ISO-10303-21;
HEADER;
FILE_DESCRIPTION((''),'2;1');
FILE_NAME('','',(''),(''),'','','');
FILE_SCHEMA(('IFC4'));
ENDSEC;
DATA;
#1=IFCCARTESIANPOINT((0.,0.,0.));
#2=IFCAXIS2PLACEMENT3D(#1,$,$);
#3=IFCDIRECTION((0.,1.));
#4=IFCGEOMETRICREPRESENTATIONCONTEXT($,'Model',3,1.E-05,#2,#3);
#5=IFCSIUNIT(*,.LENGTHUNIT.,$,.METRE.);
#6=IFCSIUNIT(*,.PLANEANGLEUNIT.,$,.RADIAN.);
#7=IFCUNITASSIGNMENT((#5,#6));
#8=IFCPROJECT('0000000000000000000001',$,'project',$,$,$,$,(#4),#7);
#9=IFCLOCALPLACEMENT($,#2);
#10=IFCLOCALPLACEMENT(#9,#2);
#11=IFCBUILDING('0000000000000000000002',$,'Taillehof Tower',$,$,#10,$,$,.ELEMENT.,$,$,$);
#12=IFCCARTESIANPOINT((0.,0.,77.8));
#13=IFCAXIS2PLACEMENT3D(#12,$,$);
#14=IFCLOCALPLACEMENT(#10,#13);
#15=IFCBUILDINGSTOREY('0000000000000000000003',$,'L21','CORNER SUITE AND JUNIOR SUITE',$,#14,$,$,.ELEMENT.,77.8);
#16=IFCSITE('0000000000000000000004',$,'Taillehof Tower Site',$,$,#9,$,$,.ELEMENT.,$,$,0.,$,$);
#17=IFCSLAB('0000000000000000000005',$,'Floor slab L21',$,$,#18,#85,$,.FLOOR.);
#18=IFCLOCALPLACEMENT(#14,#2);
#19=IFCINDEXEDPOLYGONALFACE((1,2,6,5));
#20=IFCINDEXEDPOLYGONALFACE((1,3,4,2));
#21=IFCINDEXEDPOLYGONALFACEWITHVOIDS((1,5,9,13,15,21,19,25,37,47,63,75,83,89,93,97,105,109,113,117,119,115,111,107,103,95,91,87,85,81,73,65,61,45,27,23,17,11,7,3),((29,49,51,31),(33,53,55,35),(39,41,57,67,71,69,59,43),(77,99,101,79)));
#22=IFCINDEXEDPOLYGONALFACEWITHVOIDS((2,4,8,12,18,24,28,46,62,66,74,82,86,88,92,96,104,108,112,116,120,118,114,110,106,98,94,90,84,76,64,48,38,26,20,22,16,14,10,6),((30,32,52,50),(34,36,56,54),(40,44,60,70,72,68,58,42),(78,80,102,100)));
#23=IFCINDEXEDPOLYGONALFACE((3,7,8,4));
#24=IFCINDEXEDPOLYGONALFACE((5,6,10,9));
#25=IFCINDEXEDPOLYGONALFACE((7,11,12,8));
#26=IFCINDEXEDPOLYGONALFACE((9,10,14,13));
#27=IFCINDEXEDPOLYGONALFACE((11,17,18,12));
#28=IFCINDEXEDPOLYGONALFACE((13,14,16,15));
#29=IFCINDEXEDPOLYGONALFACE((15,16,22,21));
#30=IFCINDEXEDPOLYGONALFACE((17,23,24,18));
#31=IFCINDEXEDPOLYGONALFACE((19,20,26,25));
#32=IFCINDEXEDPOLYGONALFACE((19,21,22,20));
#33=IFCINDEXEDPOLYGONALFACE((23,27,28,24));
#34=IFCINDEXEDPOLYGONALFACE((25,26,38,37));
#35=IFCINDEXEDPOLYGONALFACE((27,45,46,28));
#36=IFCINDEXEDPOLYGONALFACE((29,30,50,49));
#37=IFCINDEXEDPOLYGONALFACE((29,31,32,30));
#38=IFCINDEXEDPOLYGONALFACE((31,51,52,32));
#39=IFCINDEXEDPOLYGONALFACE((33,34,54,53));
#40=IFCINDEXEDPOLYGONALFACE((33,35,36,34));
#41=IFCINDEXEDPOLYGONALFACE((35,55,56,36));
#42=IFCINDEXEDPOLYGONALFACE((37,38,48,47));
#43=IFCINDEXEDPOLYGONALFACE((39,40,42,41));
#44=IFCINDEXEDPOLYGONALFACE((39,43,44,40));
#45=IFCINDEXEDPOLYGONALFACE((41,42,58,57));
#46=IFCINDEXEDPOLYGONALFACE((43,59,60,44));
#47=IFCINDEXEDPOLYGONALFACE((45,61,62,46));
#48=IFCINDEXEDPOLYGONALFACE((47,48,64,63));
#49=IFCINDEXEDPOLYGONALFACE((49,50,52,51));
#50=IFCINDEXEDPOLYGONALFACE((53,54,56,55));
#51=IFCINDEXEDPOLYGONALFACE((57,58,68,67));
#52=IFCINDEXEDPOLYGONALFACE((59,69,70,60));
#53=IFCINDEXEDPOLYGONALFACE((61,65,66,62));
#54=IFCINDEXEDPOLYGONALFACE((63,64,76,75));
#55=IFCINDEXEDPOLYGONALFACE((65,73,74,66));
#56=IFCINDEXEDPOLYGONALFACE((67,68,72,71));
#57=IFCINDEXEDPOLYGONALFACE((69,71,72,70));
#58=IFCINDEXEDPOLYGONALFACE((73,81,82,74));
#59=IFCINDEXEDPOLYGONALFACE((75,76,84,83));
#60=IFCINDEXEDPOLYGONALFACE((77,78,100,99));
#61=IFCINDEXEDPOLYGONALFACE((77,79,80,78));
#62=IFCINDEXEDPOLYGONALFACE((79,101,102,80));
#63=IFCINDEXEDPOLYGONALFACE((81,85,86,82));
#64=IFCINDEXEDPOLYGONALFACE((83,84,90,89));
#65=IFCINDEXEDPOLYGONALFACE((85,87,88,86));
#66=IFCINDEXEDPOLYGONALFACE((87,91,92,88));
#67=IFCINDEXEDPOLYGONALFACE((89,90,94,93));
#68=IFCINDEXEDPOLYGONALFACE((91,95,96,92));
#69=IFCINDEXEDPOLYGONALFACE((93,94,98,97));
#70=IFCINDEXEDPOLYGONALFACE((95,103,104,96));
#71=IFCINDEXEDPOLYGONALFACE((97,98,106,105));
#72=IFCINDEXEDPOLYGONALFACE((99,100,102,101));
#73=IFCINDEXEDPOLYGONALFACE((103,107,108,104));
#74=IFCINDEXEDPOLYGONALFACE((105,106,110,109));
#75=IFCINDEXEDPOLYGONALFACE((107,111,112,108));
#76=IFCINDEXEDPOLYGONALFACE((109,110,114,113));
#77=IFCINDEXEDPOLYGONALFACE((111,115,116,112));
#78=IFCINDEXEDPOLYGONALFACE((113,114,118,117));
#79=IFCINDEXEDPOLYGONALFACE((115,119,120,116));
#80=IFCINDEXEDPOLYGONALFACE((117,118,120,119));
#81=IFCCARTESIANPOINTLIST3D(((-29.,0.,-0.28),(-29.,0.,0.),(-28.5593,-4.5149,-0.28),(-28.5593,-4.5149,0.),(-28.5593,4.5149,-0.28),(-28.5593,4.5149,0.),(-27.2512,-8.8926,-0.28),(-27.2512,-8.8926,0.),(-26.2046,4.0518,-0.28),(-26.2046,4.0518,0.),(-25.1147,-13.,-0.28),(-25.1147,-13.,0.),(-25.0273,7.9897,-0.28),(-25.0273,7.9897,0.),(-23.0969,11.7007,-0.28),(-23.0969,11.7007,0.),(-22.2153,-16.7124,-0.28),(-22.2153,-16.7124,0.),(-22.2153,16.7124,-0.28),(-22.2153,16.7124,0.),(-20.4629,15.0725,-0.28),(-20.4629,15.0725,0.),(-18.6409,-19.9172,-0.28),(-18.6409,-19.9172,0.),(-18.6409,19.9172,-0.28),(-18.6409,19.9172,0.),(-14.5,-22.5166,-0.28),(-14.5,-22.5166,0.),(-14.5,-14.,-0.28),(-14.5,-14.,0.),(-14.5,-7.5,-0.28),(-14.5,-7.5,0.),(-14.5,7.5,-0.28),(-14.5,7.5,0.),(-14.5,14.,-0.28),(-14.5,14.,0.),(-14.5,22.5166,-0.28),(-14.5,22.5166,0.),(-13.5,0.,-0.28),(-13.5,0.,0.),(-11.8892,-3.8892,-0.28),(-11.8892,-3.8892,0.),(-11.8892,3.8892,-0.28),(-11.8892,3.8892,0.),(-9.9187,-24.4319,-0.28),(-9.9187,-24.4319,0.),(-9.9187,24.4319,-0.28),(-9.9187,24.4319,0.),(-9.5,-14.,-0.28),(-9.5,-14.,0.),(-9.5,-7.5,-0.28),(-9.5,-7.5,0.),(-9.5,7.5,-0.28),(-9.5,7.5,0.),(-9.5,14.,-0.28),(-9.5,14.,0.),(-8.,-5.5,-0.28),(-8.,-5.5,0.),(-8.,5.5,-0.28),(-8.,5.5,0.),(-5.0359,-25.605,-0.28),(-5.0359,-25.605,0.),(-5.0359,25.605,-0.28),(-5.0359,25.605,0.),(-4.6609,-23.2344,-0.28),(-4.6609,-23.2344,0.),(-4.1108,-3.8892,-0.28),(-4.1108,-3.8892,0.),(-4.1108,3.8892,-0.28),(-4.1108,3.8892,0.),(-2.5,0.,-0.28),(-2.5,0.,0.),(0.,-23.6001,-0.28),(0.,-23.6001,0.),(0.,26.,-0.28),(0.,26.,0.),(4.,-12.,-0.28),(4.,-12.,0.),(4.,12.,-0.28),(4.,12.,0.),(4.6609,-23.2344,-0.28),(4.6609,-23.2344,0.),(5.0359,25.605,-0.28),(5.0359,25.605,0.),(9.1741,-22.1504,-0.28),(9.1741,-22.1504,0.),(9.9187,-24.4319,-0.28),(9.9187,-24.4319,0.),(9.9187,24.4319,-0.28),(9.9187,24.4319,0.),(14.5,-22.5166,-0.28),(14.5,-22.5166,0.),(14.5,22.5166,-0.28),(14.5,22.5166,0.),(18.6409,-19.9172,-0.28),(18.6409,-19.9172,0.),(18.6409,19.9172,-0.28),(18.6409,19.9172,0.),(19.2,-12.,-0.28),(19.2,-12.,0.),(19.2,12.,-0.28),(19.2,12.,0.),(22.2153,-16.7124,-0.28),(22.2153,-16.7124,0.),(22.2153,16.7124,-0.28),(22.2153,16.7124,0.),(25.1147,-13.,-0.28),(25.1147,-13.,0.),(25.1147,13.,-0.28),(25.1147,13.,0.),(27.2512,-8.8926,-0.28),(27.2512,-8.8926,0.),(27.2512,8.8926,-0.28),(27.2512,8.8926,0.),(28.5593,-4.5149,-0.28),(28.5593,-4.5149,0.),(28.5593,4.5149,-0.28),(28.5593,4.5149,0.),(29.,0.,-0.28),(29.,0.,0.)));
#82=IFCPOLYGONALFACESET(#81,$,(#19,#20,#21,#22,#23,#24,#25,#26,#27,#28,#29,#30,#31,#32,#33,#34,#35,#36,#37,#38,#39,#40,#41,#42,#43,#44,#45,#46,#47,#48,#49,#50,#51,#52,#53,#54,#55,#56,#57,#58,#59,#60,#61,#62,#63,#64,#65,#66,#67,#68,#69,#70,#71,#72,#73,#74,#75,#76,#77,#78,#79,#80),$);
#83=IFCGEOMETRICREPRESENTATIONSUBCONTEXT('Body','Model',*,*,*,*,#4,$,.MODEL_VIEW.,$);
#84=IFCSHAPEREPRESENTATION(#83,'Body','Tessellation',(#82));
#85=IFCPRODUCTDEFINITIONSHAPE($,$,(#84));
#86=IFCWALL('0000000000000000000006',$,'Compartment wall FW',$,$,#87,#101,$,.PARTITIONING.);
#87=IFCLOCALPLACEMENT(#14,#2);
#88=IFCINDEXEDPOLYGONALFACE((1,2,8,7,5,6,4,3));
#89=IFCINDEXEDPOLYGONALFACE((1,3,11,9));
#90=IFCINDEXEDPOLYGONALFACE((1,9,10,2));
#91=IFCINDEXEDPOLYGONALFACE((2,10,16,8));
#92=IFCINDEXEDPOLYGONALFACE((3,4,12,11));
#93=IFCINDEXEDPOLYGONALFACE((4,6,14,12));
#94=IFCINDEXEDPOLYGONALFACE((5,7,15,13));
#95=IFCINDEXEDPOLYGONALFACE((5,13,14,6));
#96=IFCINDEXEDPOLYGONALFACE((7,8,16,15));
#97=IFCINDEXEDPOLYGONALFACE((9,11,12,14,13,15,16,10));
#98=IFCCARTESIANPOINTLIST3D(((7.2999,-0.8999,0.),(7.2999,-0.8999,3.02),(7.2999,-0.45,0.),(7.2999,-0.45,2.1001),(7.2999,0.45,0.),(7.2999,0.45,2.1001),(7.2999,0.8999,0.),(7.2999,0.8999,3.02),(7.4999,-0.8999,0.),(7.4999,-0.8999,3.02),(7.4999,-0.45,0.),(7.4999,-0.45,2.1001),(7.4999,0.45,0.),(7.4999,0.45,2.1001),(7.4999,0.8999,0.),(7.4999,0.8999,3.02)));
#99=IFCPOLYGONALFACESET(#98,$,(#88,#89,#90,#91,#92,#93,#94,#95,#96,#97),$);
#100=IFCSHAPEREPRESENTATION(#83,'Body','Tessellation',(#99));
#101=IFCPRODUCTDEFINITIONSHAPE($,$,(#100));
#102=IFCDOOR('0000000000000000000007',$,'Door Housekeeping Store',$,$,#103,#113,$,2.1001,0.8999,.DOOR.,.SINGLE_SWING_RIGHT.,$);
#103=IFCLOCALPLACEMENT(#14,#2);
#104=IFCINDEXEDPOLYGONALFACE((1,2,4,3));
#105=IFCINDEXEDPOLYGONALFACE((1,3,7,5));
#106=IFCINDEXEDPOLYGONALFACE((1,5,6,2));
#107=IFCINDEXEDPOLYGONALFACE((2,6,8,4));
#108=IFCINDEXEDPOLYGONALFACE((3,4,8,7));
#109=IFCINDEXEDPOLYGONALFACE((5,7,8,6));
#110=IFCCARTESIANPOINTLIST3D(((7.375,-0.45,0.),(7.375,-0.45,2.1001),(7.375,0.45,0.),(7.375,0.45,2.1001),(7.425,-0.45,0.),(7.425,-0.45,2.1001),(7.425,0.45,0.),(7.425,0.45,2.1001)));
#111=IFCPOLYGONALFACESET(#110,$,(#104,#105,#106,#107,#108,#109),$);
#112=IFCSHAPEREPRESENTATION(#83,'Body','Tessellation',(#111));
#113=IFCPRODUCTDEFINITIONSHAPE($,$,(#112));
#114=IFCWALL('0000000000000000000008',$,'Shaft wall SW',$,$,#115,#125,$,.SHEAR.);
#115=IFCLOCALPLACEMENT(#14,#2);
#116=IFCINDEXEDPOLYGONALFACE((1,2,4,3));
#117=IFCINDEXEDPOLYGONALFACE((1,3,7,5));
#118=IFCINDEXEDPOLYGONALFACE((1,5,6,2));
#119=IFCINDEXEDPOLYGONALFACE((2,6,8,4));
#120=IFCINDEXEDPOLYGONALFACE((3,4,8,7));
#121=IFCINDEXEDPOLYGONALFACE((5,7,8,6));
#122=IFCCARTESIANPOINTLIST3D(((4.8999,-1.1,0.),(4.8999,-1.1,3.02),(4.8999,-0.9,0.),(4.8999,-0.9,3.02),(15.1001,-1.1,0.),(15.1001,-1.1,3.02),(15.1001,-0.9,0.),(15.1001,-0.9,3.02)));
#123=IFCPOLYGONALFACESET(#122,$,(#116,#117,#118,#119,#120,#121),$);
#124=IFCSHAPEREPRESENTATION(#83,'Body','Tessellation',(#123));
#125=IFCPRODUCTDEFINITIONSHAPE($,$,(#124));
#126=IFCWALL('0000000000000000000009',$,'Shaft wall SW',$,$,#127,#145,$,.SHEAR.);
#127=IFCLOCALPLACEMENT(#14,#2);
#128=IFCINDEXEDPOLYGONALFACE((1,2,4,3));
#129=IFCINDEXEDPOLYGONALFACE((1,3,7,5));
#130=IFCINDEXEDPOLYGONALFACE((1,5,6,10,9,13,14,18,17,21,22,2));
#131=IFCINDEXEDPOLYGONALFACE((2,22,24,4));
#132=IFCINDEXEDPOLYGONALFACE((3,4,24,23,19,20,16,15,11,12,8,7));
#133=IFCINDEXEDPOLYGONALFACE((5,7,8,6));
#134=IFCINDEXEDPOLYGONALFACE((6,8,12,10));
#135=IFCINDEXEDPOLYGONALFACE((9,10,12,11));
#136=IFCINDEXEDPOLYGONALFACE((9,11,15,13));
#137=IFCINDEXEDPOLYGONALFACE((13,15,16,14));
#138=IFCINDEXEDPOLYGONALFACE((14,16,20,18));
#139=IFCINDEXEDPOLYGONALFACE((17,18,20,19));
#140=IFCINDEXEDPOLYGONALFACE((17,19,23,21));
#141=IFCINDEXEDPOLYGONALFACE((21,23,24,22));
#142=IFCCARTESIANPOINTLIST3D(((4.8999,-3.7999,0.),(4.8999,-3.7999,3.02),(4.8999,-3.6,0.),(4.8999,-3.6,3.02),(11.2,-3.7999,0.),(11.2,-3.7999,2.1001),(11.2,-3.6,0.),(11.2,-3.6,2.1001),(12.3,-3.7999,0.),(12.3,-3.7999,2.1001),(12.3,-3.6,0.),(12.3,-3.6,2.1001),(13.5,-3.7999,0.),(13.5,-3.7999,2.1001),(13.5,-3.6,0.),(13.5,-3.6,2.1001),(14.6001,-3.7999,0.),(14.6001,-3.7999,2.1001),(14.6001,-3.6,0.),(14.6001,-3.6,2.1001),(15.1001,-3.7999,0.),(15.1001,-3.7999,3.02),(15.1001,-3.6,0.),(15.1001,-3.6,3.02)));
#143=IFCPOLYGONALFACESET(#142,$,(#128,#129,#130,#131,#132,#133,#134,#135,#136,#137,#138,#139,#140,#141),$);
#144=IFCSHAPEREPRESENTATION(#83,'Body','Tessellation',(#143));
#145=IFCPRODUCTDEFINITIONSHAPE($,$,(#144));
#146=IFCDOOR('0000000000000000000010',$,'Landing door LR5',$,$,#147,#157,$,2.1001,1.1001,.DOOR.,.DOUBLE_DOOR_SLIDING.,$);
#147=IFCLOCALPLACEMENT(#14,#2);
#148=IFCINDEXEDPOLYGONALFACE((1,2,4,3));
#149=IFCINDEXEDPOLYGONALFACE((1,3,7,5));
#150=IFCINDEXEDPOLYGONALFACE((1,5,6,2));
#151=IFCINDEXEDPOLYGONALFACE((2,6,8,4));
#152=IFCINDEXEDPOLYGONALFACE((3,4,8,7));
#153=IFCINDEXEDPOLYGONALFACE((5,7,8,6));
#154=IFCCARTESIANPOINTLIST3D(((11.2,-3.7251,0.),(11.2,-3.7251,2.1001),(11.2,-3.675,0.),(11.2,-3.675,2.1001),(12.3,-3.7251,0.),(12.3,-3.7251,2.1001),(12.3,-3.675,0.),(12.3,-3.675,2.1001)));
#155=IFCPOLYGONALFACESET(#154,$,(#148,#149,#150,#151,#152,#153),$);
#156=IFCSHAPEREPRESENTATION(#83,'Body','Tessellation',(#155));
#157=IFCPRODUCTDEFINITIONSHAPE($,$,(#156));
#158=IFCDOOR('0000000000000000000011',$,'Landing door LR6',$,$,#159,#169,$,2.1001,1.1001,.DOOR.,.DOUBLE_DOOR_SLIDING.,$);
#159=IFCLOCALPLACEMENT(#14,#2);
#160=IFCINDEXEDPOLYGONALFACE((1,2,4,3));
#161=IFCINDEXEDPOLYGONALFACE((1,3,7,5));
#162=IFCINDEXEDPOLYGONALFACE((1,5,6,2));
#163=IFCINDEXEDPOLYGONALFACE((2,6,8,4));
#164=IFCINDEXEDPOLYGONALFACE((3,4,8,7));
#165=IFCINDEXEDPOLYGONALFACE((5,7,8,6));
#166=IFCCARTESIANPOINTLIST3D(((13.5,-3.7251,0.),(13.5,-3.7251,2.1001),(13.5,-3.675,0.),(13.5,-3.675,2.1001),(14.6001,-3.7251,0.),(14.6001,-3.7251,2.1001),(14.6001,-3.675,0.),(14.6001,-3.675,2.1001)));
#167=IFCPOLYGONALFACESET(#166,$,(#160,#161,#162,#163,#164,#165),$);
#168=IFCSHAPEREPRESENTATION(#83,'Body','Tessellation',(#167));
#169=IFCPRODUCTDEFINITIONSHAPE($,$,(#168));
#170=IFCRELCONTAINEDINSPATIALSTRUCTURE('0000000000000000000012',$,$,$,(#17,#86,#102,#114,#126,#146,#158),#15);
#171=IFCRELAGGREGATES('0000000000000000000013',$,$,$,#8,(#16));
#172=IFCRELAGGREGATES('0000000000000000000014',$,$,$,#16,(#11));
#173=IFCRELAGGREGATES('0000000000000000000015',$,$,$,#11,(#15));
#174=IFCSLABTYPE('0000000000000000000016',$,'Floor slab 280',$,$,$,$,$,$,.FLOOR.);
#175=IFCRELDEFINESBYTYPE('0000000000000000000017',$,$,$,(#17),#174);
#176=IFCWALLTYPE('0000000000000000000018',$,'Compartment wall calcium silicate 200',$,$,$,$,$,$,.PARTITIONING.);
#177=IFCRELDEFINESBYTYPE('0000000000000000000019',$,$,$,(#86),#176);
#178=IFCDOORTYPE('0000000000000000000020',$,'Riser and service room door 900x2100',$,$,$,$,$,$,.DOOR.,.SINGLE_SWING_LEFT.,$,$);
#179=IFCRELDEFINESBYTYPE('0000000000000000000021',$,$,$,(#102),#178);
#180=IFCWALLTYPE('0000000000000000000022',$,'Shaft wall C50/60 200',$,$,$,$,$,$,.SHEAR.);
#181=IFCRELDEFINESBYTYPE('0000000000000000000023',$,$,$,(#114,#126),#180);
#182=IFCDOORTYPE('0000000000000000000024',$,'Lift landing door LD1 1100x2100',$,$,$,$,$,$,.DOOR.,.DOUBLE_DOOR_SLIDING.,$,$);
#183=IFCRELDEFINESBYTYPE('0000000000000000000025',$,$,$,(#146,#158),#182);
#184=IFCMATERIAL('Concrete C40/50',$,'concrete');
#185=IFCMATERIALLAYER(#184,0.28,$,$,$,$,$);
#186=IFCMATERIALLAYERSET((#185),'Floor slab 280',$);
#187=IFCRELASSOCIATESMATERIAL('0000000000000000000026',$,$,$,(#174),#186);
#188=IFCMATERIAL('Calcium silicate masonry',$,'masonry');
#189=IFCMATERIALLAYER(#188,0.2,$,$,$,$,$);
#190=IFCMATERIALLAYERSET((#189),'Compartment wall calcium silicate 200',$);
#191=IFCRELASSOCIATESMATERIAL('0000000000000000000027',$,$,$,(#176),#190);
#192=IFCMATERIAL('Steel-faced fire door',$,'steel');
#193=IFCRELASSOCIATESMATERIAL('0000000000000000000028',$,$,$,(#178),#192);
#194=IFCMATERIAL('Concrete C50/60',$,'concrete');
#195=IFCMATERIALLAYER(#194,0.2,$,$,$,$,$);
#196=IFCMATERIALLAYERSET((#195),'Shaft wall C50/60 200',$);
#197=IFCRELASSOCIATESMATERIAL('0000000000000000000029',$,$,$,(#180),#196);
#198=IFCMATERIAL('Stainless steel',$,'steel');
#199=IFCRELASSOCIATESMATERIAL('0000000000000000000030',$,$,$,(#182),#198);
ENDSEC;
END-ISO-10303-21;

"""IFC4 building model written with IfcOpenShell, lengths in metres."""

from ifc_helpers import new_model, si_unit, direction, frame, frame_2d, origin, place, context, subcontext, project, spatial, polyline, rectangle, outline, extrude, material, layer, layer_set, type_object, element, fill, save


model = new_model("IFC4")

# Units and contexts
model_context = context("Model", 3, precision=1e-05, world=origin(), true_north=direction((0.0, 1.0)))
body_context = subcontext(model_context, "Body", "Model", "MODEL_VIEW")
ifc_project = project(units=[si_unit("LENGTHUNIT", "METRE"), si_unit("PLANEANGLEUNIT", "RADIAN")], contexts=[model_context])

# Site, building, storey
site_placement = place(None, origin())
site = spatial("IfcSite", under=ifc_project, at=site_placement, Name="Taillehof Tower Site", CompositionType="ELEMENT", RefElevation=0.0)
building_placement = place(site_placement, origin())
building = spatial("IfcBuilding", under=site, at=building_placement, Name="Taillehof Tower", CompositionType="ELEMENT")
storey_placement = place(building_placement, frame((0.0, 0.0, 77.8)))
storey = spatial("IfcBuildingStorey", under=building, at=storey_placement, Name="L21", Description="CORNER SUITE AND JUNIOR SUITE", CompositionType="ELEMENT", Elevation=77.8)

# Slab
ifc_material_1 = material(Name="Concrete C40/50", Category="concrete")
ifc_layer_1 = layer(ifc_material_1, 0.28)
ifc_layer_set_1 = layer_set([ifc_layer_1], Name="Floor slab 280")
slab_type_1 = type_object("IfcSlabType", Name="Floor slab 280", PredefinedType="FLOOR", material=ifc_layer_set_1)
slab_1_placement = place(storey_placement, frame((0.0, 0.0, -0.28)))
element("IfcSlab", 1, at=slab_1_placement, inside=storey, type_object=slab_type_1, Name="Floor slab L21", PredefinedType="FLOOR", context=body_context, shape_type="SweptSolid", body=[
    extrude(outline(polyline([(29.0, 0.0), (28.5593, 4.5149), (27.2512, 8.8926), (25.1147, 13.0), (22.2153, 16.7124), (18.6409, 19.9172), (14.5, 22.5166), (9.9187, 24.4319), (5.0359, 25.605), (0.0, 26.0), (-5.0359, 25.605), (-9.9187, 24.4319), (-14.5, 22.5166), (-18.6409, 19.9172), (-22.2153, 16.7124), (-20.4629, 15.0725), (-23.0969, 11.7007), (-25.0273, 7.9897), (-26.2046, 4.0518), (-28.5593, 4.5149), (-29.0, 0.0), (-28.5593, -4.5149), (-27.2512, -8.8926), (-25.1147, -13.0), (-22.2153, -16.7124), (-18.6409, -19.9172), (-14.5, -22.5166), (-9.9187, -24.4319), (-5.0359, -25.605), (-4.6609, -23.2344), (0.0, -23.6001), (4.6609, -23.2344), (9.1741, -22.1504), (9.9187, -24.4319), (14.5, -22.5166), (18.6409, -19.9172), (22.2153, -16.7124), (25.1147, -13.0), (27.2512, -8.8926), (28.5593, -4.5149), (29.0, 0.0)]), holes=[polyline([(-14.5, -7.5), (-9.5, -7.5), (-9.5, -14.0), (-14.5, -14.0), (-14.5, -7.5)]), polyline([(-8.0, -5.5), (-11.8892, -3.8892), (-13.5, 0.0), (-11.8892, 3.8892), (-8.0, 5.5), (-4.1108, 3.8892), (-2.5, 0.0), (-4.1108, -3.8892), (-8.0, -5.5)]), polyline([(19.2, 12.0), (19.2, -12.0), (4.0, -12.0), (4.0, 12.0), (19.2, 12.0)]), polyline([(-14.5, 14.0), (-9.5, 14.0), (-9.5, 7.5), (-14.5, 7.5), (-14.5, 14.0)])]), origin(), (0.0, 0.0, 1.0), 0.28),
])

# Wall, opening, door
ifc_material_2 = material(Name="Calcium silicate masonry", Category="masonry")
ifc_layer_2 = layer(ifc_material_2, 0.2)
ifc_layer_set_2 = layer_set([ifc_layer_2], Name="Compartment wall calcium silicate 200")
wall_type_1 = type_object("IfcWallType", Name="Compartment wall calcium silicate 200", PredefinedType="PARTITIONING", material=ifc_layer_set_2)
wall_1_placement = place(storey_placement, frame((7.3999, -0.8999, 0.0), z_axis=(0.0, 0.0, 1.0), x_axis=(0.0, 1.0, 0.0)))
wall_1 = element("IfcWall", 2, at=wall_1_placement, inside=storey, type_object=wall_type_1, Name="Compartment wall FW", PredefinedType="PARTITIONING", context=body_context, shape_type="SweptSolid", body=[
    extrude(rectangle(XDim=1.7998, YDim=0.2, at=frame_2d((0.8999, 0.0))), origin(), (0.0, 0.0, 1.0), 3.02),
])
opening_1_placement = place(wall_1_placement, frame((0.45, 0.0, 0.0)))
opening_1 = element("IfcOpeningElement", 3, at=opening_1_placement, cuts=wall_1, PredefinedType="OPENING", context=body_context, shape_type="SweptSolid", body=[
    extrude(rectangle(XDim=0.8999, YDim=2.1001, at=frame_2d((0.45, 1.05))), frame((0.0, 0.1099, 0.0), z_axis=(0.0, -1.0, 0.0), x_axis=(1.0, 0.0, 0.0)), (0.0, 0.0, 1.0), 0.22),
])
ifc_material_3 = material(Name="Steel-faced fire door", Category="steel")
door_type_1 = type_object("IfcDoorType", Name="Riser and service room door 900x2100", OperationType="SINGLE_SWING_LEFT", PredefinedType="DOOR", material=ifc_material_3)
door_1_placement = place(opening_1_placement, origin())
door_1 = element("IfcDoor", 4, at=door_1_placement, inside=storey, type_object=door_type_1, Name="Door Housekeeping Store", OperationType="SINGLE_SWING_RIGHT", OverallHeight=2.1001, OverallWidth=0.8999, PredefinedType="DOOR", context=body_context, shape_type="SweptSolid", body=[
    extrude(rectangle(XDim=0.8999, YDim=2.1001, at=frame_2d((0.45, 1.05))), frame((0.0, 0.0249, 0.0), z_axis=(0.0, -1.0, 0.0), x_axis=(1.0, 0.0, 0.0)), (0.0, 0.0, 1.0), 0.05),
])
fill(opening_1, door_1)

# Wall
ifc_material_4 = material(Name="Concrete C50/60", Category="concrete")
ifc_layer_3 = layer(ifc_material_4, 0.2)
ifc_layer_set_3 = layer_set([ifc_layer_3], Name="Shaft wall C50/60 200")
wall_type_2 = type_object("IfcWallType", Name="Shaft wall C50/60 200", PredefinedType="SHEAR", material=ifc_layer_set_3)
wall_2_placement = place(storey_placement, frame((4.8999, -1.0, 0.0), z_axis=(0.0, 0.0, 1.0), x_axis=(1.0, 0.0, 0.0)))
element("IfcWall", 5, at=wall_2_placement, inside=storey, type_object=wall_type_2, Name="Shaft wall SW", PredefinedType="SHEAR", context=body_context, shape_type="SweptSolid", body=[
    extrude(rectangle(XDim=10.2002, YDim=0.2, at=frame_2d((5.1001, 0.0))), origin(), (0.0, 0.0, 1.0), 3.02),
])

# Wall, openings, doors
wall_3_placement = place(storey_placement, frame((4.8999, -3.7, 0.0), z_axis=(0.0, 0.0, 1.0), x_axis=(1.0, 0.0, 0.0)))
wall_3 = element("IfcWall", 6, at=wall_3_placement, inside=storey, type_object=wall_type_2, Name="Shaft wall SW", PredefinedType="SHEAR", context=body_context, shape_type="SweptSolid", body=[
    extrude(rectangle(XDim=10.2002, YDim=0.2, at=frame_2d((5.1001, 0.0))), origin(), (0.0, 0.0, 1.0), 3.02),
])
opening_2_placement = place(wall_3_placement, frame((6.3, 0.0, 0.0)))
opening_2 = element("IfcOpeningElement", 7, at=opening_2_placement, cuts=wall_3, PredefinedType="OPENING", context=body_context, shape_type="SweptSolid", body=[
    extrude(rectangle(XDim=1.1001, YDim=2.1001, at=frame_2d((0.55, 1.05))), frame((0.0, 0.1099, 0.0), z_axis=(0.0, -1.0, 0.0), x_axis=(1.0, 0.0, 0.0)), (0.0, 0.0, 1.0), 0.22),
])
opening_3_placement = place(wall_3_placement, frame((8.6001, 0.0, 0.0)))
opening_3 = element("IfcOpeningElement", 8, at=opening_3_placement, cuts=wall_3, PredefinedType="OPENING", context=body_context, shape_type="SweptSolid", body=[
    extrude(rectangle(XDim=1.1001, YDim=2.1001, at=frame_2d((0.55, 1.05))), frame((0.0, 0.1099, 0.0), z_axis=(0.0, -1.0, 0.0), x_axis=(1.0, 0.0, 0.0)), (0.0, 0.0, 1.0), 0.22),
])
ifc_material_5 = material(Name="Stainless steel", Category="steel")
door_type_2 = type_object("IfcDoorType", Name="Lift landing door LD1 1100x2100", OperationType="DOUBLE_DOOR_SLIDING", PredefinedType="DOOR", material=ifc_material_5)
door_2_placement = place(opening_2_placement, origin())
door_2 = element("IfcDoor", 9, at=door_2_placement, inside=storey, type_object=door_type_2, Name="Landing door LR5", OperationType="DOUBLE_DOOR_SLIDING", OverallHeight=2.1001, OverallWidth=1.1001, PredefinedType="DOOR", context=body_context, shape_type="SweptSolid", body=[
    extrude(rectangle(XDim=1.1001, YDim=2.1001, at=frame_2d((0.55, 1.05))), frame((0.0, 0.0249, 0.0), z_axis=(0.0, -1.0, 0.0), x_axis=(1.0, 0.0, 0.0)), (0.0, 0.0, 1.0), 0.05),
])
fill(opening_2, door_2)
door_3_placement = place(opening_3_placement, origin())
door_3 = element("IfcDoor", 10, at=door_3_placement, inside=storey, type_object=door_type_2, Name="Landing door LR6", OperationType="DOUBLE_DOOR_SLIDING", OverallHeight=2.1001, OverallWidth=1.1001, PredefinedType="DOOR", context=body_context, shape_type="SweptSolid", body=[
    extrude(rectangle(XDim=1.1001, YDim=2.1001, at=frame_2d((0.55, 1.05))), frame((0.0, 0.0249, 0.0), z_axis=(0.0, -1.0, 0.0), x_axis=(1.0, 0.0, 0.0)), (0.0, 0.0, 1.0), 0.05),
])
fill(opening_3, door_3)

save(model, "model.ifc")
